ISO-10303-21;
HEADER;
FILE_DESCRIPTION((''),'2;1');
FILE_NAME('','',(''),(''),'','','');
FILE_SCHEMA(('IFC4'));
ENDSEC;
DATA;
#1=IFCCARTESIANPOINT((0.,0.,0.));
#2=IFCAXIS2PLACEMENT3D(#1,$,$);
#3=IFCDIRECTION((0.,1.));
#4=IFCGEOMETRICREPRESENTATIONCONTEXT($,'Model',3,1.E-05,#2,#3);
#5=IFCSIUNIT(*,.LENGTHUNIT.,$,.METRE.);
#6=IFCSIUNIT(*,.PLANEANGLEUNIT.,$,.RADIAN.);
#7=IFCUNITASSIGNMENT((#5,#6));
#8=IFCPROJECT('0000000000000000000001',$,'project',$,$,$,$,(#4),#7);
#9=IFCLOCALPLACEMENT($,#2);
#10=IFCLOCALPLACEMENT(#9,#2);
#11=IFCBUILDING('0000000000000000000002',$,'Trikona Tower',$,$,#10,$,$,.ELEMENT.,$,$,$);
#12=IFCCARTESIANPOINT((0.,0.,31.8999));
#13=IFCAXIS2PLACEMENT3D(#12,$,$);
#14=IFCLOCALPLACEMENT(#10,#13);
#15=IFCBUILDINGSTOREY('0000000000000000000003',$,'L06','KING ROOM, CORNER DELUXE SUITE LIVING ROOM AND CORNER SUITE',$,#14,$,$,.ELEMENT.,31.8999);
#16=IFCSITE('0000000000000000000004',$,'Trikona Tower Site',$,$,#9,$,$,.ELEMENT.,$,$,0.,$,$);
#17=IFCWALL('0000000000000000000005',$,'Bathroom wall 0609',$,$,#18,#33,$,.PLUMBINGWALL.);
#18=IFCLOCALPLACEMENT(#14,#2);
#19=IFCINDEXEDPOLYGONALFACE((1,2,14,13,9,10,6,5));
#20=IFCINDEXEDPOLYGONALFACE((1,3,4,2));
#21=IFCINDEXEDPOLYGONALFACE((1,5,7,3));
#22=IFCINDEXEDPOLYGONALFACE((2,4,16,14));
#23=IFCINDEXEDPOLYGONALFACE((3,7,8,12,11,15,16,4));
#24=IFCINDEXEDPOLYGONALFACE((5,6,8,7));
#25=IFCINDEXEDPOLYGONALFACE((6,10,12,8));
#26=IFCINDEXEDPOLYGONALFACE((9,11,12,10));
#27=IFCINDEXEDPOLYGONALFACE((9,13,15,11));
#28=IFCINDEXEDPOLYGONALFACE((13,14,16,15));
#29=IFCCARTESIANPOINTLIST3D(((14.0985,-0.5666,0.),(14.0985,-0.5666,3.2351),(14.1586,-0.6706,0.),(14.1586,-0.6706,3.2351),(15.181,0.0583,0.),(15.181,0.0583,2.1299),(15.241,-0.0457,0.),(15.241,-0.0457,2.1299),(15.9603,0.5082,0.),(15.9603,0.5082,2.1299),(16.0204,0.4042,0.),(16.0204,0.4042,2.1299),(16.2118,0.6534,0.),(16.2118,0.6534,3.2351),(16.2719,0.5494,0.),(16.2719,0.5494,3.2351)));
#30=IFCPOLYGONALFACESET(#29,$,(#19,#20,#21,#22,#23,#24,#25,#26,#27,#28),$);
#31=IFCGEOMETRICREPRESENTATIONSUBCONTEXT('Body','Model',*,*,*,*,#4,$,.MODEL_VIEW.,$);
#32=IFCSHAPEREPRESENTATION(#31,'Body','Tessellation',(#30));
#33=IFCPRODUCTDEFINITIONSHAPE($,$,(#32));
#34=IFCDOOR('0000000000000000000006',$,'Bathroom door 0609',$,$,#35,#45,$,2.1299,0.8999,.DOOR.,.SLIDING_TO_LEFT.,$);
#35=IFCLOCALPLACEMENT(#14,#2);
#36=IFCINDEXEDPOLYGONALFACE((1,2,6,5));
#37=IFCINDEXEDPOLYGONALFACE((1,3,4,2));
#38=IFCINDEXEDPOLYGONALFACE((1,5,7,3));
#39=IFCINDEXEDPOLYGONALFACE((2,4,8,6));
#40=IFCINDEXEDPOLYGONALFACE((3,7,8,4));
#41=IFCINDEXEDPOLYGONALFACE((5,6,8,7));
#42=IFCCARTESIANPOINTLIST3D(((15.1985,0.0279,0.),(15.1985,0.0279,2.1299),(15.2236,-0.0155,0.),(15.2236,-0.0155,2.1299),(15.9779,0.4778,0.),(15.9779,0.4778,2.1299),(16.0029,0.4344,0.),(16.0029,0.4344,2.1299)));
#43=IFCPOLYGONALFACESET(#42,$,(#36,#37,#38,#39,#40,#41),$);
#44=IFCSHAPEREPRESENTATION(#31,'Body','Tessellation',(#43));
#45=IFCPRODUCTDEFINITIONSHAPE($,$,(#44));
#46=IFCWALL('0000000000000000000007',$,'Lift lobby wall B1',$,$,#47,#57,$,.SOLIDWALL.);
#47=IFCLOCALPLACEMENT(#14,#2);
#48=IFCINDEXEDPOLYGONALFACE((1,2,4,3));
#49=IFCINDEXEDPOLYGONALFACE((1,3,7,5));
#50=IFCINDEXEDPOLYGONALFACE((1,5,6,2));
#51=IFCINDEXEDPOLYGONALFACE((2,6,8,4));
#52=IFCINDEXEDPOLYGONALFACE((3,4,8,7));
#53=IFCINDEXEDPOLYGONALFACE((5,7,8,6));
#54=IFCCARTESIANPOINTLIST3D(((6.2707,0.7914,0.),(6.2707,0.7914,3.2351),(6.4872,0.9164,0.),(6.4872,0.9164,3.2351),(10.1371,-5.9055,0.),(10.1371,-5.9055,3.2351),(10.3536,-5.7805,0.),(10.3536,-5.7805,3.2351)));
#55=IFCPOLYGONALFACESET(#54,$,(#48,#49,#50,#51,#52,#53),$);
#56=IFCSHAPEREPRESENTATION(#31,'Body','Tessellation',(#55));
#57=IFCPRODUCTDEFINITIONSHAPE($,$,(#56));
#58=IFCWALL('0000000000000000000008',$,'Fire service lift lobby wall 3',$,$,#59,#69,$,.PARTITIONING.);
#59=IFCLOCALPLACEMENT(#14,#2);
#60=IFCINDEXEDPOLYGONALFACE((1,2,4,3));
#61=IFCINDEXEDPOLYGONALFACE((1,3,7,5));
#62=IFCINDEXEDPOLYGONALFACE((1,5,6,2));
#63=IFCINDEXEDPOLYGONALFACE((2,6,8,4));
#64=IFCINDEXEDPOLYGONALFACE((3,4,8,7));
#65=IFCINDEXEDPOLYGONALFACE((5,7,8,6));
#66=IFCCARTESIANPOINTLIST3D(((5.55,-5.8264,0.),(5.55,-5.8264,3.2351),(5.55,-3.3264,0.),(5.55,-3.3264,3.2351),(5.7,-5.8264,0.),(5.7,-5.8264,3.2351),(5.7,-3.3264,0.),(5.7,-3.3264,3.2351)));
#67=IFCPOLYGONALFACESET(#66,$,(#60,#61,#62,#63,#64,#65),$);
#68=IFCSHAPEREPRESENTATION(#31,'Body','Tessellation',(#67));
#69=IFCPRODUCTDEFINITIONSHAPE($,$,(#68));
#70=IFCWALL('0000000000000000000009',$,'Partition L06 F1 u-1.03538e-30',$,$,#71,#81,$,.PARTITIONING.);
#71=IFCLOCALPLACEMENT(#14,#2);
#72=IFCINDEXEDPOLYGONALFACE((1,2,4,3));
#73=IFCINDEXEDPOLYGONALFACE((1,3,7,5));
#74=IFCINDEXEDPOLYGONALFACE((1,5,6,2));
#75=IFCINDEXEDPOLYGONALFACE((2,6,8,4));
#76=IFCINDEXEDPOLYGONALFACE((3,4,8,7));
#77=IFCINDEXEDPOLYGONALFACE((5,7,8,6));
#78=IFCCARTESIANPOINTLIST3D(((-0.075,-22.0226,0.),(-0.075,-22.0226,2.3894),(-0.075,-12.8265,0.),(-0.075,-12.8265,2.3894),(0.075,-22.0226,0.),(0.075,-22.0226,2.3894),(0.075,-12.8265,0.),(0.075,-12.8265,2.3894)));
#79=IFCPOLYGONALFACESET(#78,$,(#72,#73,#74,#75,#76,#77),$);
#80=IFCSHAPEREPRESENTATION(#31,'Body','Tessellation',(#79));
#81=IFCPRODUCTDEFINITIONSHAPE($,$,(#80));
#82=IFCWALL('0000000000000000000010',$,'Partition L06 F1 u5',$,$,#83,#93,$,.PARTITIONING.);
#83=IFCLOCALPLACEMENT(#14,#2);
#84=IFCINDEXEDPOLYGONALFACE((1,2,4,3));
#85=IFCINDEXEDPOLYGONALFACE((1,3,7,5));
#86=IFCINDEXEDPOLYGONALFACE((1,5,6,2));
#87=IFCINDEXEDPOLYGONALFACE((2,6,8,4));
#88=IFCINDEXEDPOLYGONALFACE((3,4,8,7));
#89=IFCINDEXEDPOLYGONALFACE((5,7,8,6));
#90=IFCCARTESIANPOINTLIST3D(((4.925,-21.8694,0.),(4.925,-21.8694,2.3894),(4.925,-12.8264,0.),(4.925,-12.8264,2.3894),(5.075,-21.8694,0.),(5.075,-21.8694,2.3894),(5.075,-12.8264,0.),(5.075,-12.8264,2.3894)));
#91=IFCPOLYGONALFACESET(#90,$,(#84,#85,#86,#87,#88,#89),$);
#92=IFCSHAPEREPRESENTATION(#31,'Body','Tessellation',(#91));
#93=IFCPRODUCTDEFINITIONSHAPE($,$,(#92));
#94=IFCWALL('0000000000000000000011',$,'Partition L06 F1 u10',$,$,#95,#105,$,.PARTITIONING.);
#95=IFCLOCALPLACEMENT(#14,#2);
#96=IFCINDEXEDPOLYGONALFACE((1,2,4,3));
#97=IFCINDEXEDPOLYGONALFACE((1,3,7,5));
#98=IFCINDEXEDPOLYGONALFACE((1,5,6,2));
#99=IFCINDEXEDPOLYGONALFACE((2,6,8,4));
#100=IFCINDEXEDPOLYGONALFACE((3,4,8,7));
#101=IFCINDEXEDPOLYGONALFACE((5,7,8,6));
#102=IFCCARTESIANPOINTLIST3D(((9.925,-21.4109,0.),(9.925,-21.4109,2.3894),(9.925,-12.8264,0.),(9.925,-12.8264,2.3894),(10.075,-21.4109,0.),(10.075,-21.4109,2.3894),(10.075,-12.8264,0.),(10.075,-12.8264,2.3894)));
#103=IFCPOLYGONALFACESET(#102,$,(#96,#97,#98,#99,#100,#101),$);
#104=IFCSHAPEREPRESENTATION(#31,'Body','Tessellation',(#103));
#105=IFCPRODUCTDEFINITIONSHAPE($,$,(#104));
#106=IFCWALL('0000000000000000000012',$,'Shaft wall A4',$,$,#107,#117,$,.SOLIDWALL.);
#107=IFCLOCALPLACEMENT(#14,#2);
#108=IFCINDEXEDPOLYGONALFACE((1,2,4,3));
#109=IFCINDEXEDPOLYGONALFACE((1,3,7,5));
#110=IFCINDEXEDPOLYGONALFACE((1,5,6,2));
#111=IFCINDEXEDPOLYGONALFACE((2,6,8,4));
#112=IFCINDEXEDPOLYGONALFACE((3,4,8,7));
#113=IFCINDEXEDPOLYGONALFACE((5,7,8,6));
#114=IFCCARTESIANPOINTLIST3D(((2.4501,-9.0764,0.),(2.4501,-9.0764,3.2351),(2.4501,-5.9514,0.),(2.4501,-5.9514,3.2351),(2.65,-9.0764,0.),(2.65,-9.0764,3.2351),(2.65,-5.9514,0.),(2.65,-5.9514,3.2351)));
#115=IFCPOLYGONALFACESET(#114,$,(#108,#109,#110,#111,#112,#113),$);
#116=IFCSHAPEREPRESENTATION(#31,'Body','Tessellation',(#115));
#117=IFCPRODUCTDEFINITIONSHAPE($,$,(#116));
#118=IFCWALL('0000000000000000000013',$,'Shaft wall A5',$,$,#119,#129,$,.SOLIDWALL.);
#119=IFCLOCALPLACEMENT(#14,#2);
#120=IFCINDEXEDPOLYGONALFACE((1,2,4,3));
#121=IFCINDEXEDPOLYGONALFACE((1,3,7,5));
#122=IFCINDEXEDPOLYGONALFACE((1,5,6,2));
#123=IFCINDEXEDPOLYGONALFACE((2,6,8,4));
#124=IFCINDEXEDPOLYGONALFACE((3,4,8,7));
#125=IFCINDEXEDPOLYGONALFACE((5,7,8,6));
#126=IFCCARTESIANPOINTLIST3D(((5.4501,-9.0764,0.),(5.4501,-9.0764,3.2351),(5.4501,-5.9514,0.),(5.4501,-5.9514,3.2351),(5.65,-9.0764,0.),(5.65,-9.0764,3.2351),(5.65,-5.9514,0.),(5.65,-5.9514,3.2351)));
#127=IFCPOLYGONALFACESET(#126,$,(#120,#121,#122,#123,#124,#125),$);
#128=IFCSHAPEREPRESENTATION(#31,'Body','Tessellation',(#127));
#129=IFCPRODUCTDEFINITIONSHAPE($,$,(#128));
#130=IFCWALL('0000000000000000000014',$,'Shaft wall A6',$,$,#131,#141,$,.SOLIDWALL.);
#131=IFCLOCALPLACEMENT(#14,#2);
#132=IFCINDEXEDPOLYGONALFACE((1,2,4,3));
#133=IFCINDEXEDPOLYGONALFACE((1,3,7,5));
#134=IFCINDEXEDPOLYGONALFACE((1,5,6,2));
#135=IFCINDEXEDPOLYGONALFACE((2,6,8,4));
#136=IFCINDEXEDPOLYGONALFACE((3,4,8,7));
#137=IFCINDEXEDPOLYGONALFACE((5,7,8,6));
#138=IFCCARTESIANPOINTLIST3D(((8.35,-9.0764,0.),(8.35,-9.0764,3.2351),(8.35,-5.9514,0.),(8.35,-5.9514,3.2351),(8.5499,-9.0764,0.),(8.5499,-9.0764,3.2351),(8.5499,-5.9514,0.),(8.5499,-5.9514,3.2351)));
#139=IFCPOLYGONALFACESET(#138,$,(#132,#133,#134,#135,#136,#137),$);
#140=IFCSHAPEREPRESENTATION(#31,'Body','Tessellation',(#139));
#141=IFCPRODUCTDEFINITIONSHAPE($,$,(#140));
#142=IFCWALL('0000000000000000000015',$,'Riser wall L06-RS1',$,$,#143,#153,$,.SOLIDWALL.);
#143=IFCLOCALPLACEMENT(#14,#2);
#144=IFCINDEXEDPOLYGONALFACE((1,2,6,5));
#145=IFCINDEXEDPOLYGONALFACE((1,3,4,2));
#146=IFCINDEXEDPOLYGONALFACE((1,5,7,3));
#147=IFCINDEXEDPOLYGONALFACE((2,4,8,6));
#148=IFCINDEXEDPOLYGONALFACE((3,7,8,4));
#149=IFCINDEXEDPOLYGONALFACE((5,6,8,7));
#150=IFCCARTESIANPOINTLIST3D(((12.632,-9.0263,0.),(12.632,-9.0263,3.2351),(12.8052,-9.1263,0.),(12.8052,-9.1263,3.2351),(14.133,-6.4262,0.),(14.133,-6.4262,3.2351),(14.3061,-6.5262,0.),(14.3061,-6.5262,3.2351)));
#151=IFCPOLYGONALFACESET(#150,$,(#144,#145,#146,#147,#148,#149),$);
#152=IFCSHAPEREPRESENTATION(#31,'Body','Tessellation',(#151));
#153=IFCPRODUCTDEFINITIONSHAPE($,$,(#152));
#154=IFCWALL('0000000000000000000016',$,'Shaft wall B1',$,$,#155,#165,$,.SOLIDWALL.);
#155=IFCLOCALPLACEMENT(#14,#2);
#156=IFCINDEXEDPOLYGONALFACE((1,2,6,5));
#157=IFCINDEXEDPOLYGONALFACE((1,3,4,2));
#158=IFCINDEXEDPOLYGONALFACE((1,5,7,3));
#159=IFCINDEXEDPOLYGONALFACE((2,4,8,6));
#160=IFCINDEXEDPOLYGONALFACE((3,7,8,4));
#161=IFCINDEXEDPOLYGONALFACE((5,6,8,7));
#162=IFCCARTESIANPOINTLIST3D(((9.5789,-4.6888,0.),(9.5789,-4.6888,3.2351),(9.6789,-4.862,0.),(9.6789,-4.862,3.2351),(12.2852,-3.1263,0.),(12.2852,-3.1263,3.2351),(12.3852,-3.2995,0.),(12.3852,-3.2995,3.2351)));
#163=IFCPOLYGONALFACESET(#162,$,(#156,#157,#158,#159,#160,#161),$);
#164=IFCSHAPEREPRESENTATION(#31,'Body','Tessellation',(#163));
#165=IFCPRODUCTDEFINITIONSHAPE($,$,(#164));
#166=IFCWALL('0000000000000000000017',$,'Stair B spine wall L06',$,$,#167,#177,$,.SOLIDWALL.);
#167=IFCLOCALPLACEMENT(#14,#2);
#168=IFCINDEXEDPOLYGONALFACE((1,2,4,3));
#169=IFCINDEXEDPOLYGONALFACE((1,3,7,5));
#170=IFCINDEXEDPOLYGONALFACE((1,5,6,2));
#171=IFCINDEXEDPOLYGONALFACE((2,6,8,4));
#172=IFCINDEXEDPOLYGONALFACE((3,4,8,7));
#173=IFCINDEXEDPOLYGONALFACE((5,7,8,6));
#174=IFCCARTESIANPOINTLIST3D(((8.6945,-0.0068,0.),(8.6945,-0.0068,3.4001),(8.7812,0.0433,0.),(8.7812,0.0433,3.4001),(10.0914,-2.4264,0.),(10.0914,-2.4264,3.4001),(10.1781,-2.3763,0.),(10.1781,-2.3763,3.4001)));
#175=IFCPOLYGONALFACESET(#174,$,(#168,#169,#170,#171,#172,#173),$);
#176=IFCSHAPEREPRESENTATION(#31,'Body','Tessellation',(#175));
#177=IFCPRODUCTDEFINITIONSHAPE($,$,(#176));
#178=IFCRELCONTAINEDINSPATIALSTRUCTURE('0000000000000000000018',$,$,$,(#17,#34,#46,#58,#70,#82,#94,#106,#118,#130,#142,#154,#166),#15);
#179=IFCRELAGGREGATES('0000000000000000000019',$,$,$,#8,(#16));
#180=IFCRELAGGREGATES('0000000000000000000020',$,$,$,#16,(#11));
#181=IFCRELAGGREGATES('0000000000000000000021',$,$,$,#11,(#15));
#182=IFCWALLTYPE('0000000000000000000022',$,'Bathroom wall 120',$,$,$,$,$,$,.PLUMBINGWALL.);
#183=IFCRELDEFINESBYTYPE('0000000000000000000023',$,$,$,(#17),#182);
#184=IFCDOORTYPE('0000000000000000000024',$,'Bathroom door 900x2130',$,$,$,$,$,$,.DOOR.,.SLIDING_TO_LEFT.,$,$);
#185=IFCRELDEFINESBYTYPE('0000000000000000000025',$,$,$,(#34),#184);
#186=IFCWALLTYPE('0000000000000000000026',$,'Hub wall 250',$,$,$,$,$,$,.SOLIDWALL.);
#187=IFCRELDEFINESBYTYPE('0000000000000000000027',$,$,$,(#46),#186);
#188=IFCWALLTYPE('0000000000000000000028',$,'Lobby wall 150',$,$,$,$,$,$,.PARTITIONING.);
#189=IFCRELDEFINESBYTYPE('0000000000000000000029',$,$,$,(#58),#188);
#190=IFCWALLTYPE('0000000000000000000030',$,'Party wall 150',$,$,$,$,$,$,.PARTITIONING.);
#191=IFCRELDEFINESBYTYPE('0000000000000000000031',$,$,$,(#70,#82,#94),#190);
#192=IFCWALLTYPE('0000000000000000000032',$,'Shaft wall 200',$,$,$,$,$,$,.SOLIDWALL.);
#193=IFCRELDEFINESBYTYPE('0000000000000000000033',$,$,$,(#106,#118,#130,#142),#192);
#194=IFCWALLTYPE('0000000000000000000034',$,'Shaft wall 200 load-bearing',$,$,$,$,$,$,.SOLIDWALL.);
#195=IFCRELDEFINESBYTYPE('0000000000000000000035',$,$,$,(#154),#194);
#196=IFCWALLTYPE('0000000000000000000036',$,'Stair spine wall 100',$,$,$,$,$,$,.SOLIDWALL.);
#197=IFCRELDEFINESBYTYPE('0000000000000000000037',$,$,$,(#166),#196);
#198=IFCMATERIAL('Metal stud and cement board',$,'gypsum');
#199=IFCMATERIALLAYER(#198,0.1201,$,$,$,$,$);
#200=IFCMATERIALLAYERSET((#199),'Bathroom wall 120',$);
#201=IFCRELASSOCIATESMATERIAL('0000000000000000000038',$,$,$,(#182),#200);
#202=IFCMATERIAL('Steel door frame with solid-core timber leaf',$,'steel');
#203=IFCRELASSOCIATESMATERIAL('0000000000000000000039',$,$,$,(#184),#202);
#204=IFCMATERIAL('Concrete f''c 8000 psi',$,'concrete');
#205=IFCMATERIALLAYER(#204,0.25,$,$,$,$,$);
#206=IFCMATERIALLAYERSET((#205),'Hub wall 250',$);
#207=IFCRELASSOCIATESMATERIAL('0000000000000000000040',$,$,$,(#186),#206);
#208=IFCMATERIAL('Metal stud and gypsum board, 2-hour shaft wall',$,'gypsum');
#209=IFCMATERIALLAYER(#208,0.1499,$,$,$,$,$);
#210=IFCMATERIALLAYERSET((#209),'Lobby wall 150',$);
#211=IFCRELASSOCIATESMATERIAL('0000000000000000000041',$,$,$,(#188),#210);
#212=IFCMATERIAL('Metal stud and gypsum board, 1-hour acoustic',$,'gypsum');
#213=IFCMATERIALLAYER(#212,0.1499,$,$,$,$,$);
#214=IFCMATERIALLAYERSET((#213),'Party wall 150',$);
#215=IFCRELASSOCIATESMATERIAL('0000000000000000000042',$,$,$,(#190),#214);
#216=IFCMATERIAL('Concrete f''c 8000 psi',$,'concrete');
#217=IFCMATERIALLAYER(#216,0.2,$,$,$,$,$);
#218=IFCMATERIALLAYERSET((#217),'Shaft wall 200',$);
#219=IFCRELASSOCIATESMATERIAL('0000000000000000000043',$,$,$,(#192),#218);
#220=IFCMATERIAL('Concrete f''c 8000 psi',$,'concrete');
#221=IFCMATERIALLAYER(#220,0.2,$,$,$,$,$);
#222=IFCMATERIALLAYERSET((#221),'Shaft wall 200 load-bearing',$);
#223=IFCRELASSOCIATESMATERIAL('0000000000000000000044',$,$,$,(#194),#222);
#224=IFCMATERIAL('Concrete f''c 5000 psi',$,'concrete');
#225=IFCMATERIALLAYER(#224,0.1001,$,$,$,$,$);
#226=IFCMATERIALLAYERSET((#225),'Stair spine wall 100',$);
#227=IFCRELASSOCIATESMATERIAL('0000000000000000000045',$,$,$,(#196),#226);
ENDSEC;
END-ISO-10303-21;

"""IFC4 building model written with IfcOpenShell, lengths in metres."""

from ifc_helpers import new_model, si_unit, direction, frame, frame_2d, origin, place, context, subcontext, project, spatial, rectangle, extrude, material, layer, layer_set, type_object, element, fill, save


model = new_model("IFC4")

# Units and contexts
model_context = context("Model", 3, precision=1e-05, world=origin(), true_north=direction((0.0, 1.0)))
body_context = subcontext(model_context, "Body", "Model", "MODEL_VIEW")
ifc_project = project(units=[si_unit("LENGTHUNIT", "METRE"), si_unit("PLANEANGLEUNIT", "RADIAN")], contexts=[model_context])

# Site, building, storey
site_placement = place(None, origin())
site = spatial("IfcSite", under=ifc_project, at=site_placement, Name="Trikona Tower Site", CompositionType="ELEMENT", RefElevation=0.0)
building_placement = place(site_placement, origin())
building = spatial("IfcBuilding", under=site, at=building_placement, Name="Trikona Tower", CompositionType="ELEMENT")
storey_placement = place(building_placement, frame((0.0, 0.0, 31.8999)))
storey = spatial("IfcBuildingStorey", under=building, at=storey_placement, Name="L06", Description="KING ROOM, CORNER DELUXE SUITE LIVING ROOM AND CORNER SUITE", CompositionType="ELEMENT", Elevation=31.8999)

# Shared definitions
ifc_material_1 = material(Name="Metal stud and cement board", Category="gypsum")
ifc_layer_1 = layer(ifc_material_1, 0.1201)
ifc_layer_set_1 = layer_set([ifc_layer_1], Name="Bathroom wall 120")
wall_type_1 = type_object("IfcWallType", Name="Bathroom wall 120", PredefinedType="PLUMBINGWALL", material=ifc_layer_set_1)

# Shared definitions
ifc_material_2 = material(Name="Steel door frame with solid-core timber leaf", Category="steel")
door_type = type_object("IfcDoorType", Name="Bathroom door 900x2130", OperationType="SLIDING_TO_LEFT", PredefinedType="DOOR", material=ifc_material_2)

# Wall, opening, door
wall_1_placement = place(storey_placement, frame((14.1284, -0.6187, 0.0), z_axis=(0.0, 0.0, 1.0), x_axis=(0.866049, 0.499959, 0.0)))
wall_1 = element("IfcWall", 1, at=wall_1_placement, inside=storey, type_object=wall_type_1, Name="Bathroom wall 0609", PredefinedType="PLUMBINGWALL", context=body_context, shape_type="SweptSolid", body=[
    extrude(rectangle(XDim=2.4402, YDim=0.1201, at=frame_2d((1.2202, 0.0))), origin(), (0.0, 0.0, 1.0), 3.2351),
])
opening_1_placement = place(wall_1_placement, frame((1.25, 0.0, 0.0)))
opening_1 = element("IfcOpeningElement", 2, at=opening_1_placement, cuts=wall_1, PredefinedType="OPENING", context=body_context, shape_type="SweptSolid", body=[
    extrude(rectangle(XDim=0.8999, YDim=2.1299, at=frame_2d((0.45, 1.0649))), frame((0.0, 0.0701, 0.0), z_axis=(0.0, -1.0, 0.0), x_axis=(1.0, 0.0, 0.0)), (0.0, 0.0, 1.0), 0.1401),
])
door_1_placement = place(opening_1_placement, origin())
door_1 = element("IfcDoor", 3, at=door_1_placement, inside=storey, type_object=door_type, Name="Bathroom door 0609", OperationType="SLIDING_TO_LEFT", OverallHeight=2.1299, OverallWidth=0.8999, PredefinedType="DOOR", context=body_context, shape_type="SweptSolid", body=[
    extrude(rectangle(XDim=0.8999, YDim=2.1299, at=frame_2d((0.45, 1.0649))), frame((0.0, 0.0249, 0.0), z_axis=(0.0, -1.0, 0.0), x_axis=(1.0, 0.0, 0.0)), (0.0, 0.0, 1.0), 0.05),
])
fill(opening_1, door_1)

# Walls
ifc_material_3 = material(Name="Concrete f'c 8000 psi", Category="concrete")
ifc_layer_2 = layer(ifc_material_3, 0.25)
ifc_layer_set_2 = layer_set([ifc_layer_2], Name="Hub wall 250")
wall_type_2 = type_object("IfcWallType", Name="Hub wall 250", PredefinedType="SOLIDWALL", material=ifc_layer_set_2)
wall_2_placement = place(storey_placement, frame((10.2454, -5.843, 0.0), z_axis=(0.0, 0.0, 1.0), x_axis=(-0.499993, 0.866029, 0.0)))
element("IfcWall", 4, at=wall_2_placement, inside=storey, type_object=wall_type_2, Name="Lift lobby wall B1", PredefinedType="SOLIDWALL", context=body_context, shape_type="SweptSolid", body=[
    extrude(rectangle(XDim=7.7329, YDim=0.25, at=frame_2d((3.8665, 0.0))), origin(), (0.0, 0.0, 1.0), 3.2351),
])
ifc_material_4 = material(Name="Metal stud and gypsum board, 2-hour shaft wall", Category="gypsum")
ifc_layer_3 = layer(ifc_material_4, 0.1499)
ifc_layer_set_3 = layer_set([ifc_layer_3], Name="Lobby wall 150")
wall_type_3 = type_object("IfcWallType", Name="Lobby wall 150", PredefinedType="PARTITIONING", material=ifc_layer_set_3)
wall_3_placement = place(storey_placement, frame((5.625, -5.8264, 0.0), z_axis=(0.0, 0.0, 1.0), x_axis=(0.0, 1.0, 0.0)))
element("IfcWall", 5, at=wall_3_placement, inside=storey, type_object=wall_type_3, Name="Fire service lift lobby wall 3", PredefinedType="PARTITIONING", context=body_context, shape_type="SweptSolid", body=[
    extrude(rectangle(XDim=2.5, YDim=0.1499, at=frame_2d((1.25, 0.0))), origin(), (0.0, 0.0, 1.0), 3.2351),
])
ifc_material_5 = material(Name="Metal stud and gypsum board, 1-hour acoustic", Category="gypsum")
ifc_layer_4 = layer(ifc_material_5, 0.1499)
ifc_layer_set_4 = layer_set([ifc_layer_4], Name="Party wall 150")
wall_type_4 = type_object("IfcWallType", Name="Party wall 150", PredefinedType="PARTITIONING", material=ifc_layer_set_4)
wall_4_placement = place(storey_placement, frame((0.0, -12.8264, 0.0), z_axis=(0.0, 0.0, 1.0), x_axis=(0.0, -1.0, 0.0)))
element("IfcWall", 6, at=wall_4_placement, inside=storey, type_object=wall_type_4, Name="Partition L06 F1 u-1.03538e-30", PredefinedType="PARTITIONING", context=body_context, shape_type="SweptSolid", body=[
    extrude(rectangle(XDim=9.196, YDim=0.1499, at=frame_2d((4.5981, 0.0))), origin(), (0.0, 0.0, 1.0), 2.3894),
])
wall_5_placement = place(storey_placement, frame((5.0, -12.8264, 0.0), z_axis=(0.0, 0.0, 1.0), x_axis=(0.0, -1.0, 0.0)))
element("IfcWall", 7, at=wall_5_placement, inside=storey, type_object=wall_type_4, Name="Partition L06 F1 u5", PredefinedType="PARTITIONING", context=body_context, shape_type="SweptSolid", body=[
    extrude(rectangle(XDim=9.043, YDim=0.1499, at=frame_2d((4.5215, 0.0))), origin(), (0.0, 0.0, 1.0), 2.3894),
])
wall_6_placement = place(storey_placement, frame((10.0, -12.8264, 0.0), z_axis=(0.0, 0.0, 1.0), x_axis=(0.0, -1.0, 0.0)))
element("IfcWall", 8, at=wall_6_placement, inside=storey, type_object=wall_type_4, Name="Partition L06 F1 u10", PredefinedType="PARTITIONING", context=body_context, shape_type="SweptSolid", body=[
    extrude(rectangle(XDim=8.5845, YDim=0.1499, at=frame_2d((4.2922, 0.0))), origin(), (0.0, 0.0, 1.0), 2.3894),
])
ifc_material_6 = material(Name="Concrete f'c 8000 psi", Category="concrete")
ifc_layer_5 = layer(ifc_material_6, 0.2)
ifc_layer_set_5 = layer_set([ifc_layer_5], Name="Shaft wall 200")
wall_type_5 = type_object("IfcWallType", Name="Shaft wall 200", PredefinedType="SOLIDWALL", material=ifc_layer_set_5)
for number, where, z_axis, x_axis, name in (
    (9, (2.55, -5.9514, 0.0), (0.0, 0.0, 1.0), (0.0, -1.0, 0.0), "Shaft wall A4"),
    (10, (5.55, -5.9514, 0.0), (0.0, 0.0, 1.0), (0.0, -1.0, 0.0), "Shaft wall A5"),
    (11, (8.45, -5.9514, 0.0), (0.0, 0.0, 1.0), (0.0, -1.0, 0.0), "Shaft wall A6"),
):
    element("IfcWall", number, at=place(storey_placement, frame(where, z_axis=z_axis, x_axis=x_axis)), inside=storey, type_object=wall_type_5, Name=name, PredefinedType="SOLIDWALL", context=body_context, shape_type="SweptSolid", body=[
        extrude(rectangle(XDim=3.125, YDim=0.2, at=frame_2d((1.5625, 0.0))), origin(), (0.0, 0.0, 1.0), 3.2351),
    ])
wall_7_placement = place(storey_placement, frame((14.2195, -6.4763, 0.0), z_axis=(0.0, 0.0, 1.0), x_axis=(-0.499952, -0.866053, 0.0)))
element("IfcWall", 12, at=wall_7_placement, inside=storey, type_object=wall_type_5, Name="Riser wall L06-RS1", PredefinedType="SOLIDWALL", context=body_context, shape_type="SweptSolid", body=[
    extrude(rectangle(XDim=3.0022, YDim=0.2, at=frame_2d((1.501, 0.0))), origin(), (0.0, 0.0, 1.0), 3.2351),
])
ifc_material_7 = material(Name="Concrete f'c 8000 psi", Category="concrete")
ifc_layer_6 = layer(ifc_material_7, 0.2)
ifc_layer_set_6 = layer_set([ifc_layer_6], Name="Shaft wall 200 load-bearing")
wall_type_6 = type_object("IfcWallType", Name="Shaft wall 200 load-bearing", PredefinedType="SOLIDWALL", material=ifc_layer_set_6)
wall_8_placement = place(storey_placement, frame((9.6289, -4.7754, 0.0), z_axis=(0.0, 0.0, 1.0), x_axis=(0.866023, 0.500004, 0.0)))
element("IfcWall", 13, at=wall_8_placement, inside=storey, type_object=wall_type_6, Name="Shaft wall B1", PredefinedType="SOLIDWALL", context=body_context, shape_type="SweptSolid", body=[
    extrude(rectangle(XDim=3.125, YDim=0.2, at=frame_2d((1.5625, 0.0))), origin(), (0.0, 0.0, 1.0), 3.2351),
])
ifc_material_8 = material(Name="Concrete f'c 5000 psi", Category="concrete")
ifc_layer_7 = layer(ifc_material_8, 0.1001)
ifc_layer_set_7 = layer_set([ifc_layer_7], Name="Stair spine wall 100")
wall_type_7 = type_object("IfcWallType", Name="Stair spine wall 100", PredefinedType="SOLIDWALL", material=ifc_layer_set_7)
wall_9_placement = place(storey_placement, frame((10.1348, -2.4014, 0.0), z_axis=(0.0, 0.0, 1.0), x_axis=(-0.499992, 0.86603, 0.0)))
element("IfcWall", 14, at=wall_9_placement, inside=storey, type_object=wall_type_7, Name="Stair B spine wall L06", PredefinedType="SOLIDWALL", context=body_context, shape_type="SweptSolid", body=[
    extrude(rectangle(XDim=2.7939, YDim=0.1001, at=frame_2d((1.397, 0.0))), origin(), (0.0, 0.0, 1.0), 3.4001),
])

save(model, "model.ifc")
